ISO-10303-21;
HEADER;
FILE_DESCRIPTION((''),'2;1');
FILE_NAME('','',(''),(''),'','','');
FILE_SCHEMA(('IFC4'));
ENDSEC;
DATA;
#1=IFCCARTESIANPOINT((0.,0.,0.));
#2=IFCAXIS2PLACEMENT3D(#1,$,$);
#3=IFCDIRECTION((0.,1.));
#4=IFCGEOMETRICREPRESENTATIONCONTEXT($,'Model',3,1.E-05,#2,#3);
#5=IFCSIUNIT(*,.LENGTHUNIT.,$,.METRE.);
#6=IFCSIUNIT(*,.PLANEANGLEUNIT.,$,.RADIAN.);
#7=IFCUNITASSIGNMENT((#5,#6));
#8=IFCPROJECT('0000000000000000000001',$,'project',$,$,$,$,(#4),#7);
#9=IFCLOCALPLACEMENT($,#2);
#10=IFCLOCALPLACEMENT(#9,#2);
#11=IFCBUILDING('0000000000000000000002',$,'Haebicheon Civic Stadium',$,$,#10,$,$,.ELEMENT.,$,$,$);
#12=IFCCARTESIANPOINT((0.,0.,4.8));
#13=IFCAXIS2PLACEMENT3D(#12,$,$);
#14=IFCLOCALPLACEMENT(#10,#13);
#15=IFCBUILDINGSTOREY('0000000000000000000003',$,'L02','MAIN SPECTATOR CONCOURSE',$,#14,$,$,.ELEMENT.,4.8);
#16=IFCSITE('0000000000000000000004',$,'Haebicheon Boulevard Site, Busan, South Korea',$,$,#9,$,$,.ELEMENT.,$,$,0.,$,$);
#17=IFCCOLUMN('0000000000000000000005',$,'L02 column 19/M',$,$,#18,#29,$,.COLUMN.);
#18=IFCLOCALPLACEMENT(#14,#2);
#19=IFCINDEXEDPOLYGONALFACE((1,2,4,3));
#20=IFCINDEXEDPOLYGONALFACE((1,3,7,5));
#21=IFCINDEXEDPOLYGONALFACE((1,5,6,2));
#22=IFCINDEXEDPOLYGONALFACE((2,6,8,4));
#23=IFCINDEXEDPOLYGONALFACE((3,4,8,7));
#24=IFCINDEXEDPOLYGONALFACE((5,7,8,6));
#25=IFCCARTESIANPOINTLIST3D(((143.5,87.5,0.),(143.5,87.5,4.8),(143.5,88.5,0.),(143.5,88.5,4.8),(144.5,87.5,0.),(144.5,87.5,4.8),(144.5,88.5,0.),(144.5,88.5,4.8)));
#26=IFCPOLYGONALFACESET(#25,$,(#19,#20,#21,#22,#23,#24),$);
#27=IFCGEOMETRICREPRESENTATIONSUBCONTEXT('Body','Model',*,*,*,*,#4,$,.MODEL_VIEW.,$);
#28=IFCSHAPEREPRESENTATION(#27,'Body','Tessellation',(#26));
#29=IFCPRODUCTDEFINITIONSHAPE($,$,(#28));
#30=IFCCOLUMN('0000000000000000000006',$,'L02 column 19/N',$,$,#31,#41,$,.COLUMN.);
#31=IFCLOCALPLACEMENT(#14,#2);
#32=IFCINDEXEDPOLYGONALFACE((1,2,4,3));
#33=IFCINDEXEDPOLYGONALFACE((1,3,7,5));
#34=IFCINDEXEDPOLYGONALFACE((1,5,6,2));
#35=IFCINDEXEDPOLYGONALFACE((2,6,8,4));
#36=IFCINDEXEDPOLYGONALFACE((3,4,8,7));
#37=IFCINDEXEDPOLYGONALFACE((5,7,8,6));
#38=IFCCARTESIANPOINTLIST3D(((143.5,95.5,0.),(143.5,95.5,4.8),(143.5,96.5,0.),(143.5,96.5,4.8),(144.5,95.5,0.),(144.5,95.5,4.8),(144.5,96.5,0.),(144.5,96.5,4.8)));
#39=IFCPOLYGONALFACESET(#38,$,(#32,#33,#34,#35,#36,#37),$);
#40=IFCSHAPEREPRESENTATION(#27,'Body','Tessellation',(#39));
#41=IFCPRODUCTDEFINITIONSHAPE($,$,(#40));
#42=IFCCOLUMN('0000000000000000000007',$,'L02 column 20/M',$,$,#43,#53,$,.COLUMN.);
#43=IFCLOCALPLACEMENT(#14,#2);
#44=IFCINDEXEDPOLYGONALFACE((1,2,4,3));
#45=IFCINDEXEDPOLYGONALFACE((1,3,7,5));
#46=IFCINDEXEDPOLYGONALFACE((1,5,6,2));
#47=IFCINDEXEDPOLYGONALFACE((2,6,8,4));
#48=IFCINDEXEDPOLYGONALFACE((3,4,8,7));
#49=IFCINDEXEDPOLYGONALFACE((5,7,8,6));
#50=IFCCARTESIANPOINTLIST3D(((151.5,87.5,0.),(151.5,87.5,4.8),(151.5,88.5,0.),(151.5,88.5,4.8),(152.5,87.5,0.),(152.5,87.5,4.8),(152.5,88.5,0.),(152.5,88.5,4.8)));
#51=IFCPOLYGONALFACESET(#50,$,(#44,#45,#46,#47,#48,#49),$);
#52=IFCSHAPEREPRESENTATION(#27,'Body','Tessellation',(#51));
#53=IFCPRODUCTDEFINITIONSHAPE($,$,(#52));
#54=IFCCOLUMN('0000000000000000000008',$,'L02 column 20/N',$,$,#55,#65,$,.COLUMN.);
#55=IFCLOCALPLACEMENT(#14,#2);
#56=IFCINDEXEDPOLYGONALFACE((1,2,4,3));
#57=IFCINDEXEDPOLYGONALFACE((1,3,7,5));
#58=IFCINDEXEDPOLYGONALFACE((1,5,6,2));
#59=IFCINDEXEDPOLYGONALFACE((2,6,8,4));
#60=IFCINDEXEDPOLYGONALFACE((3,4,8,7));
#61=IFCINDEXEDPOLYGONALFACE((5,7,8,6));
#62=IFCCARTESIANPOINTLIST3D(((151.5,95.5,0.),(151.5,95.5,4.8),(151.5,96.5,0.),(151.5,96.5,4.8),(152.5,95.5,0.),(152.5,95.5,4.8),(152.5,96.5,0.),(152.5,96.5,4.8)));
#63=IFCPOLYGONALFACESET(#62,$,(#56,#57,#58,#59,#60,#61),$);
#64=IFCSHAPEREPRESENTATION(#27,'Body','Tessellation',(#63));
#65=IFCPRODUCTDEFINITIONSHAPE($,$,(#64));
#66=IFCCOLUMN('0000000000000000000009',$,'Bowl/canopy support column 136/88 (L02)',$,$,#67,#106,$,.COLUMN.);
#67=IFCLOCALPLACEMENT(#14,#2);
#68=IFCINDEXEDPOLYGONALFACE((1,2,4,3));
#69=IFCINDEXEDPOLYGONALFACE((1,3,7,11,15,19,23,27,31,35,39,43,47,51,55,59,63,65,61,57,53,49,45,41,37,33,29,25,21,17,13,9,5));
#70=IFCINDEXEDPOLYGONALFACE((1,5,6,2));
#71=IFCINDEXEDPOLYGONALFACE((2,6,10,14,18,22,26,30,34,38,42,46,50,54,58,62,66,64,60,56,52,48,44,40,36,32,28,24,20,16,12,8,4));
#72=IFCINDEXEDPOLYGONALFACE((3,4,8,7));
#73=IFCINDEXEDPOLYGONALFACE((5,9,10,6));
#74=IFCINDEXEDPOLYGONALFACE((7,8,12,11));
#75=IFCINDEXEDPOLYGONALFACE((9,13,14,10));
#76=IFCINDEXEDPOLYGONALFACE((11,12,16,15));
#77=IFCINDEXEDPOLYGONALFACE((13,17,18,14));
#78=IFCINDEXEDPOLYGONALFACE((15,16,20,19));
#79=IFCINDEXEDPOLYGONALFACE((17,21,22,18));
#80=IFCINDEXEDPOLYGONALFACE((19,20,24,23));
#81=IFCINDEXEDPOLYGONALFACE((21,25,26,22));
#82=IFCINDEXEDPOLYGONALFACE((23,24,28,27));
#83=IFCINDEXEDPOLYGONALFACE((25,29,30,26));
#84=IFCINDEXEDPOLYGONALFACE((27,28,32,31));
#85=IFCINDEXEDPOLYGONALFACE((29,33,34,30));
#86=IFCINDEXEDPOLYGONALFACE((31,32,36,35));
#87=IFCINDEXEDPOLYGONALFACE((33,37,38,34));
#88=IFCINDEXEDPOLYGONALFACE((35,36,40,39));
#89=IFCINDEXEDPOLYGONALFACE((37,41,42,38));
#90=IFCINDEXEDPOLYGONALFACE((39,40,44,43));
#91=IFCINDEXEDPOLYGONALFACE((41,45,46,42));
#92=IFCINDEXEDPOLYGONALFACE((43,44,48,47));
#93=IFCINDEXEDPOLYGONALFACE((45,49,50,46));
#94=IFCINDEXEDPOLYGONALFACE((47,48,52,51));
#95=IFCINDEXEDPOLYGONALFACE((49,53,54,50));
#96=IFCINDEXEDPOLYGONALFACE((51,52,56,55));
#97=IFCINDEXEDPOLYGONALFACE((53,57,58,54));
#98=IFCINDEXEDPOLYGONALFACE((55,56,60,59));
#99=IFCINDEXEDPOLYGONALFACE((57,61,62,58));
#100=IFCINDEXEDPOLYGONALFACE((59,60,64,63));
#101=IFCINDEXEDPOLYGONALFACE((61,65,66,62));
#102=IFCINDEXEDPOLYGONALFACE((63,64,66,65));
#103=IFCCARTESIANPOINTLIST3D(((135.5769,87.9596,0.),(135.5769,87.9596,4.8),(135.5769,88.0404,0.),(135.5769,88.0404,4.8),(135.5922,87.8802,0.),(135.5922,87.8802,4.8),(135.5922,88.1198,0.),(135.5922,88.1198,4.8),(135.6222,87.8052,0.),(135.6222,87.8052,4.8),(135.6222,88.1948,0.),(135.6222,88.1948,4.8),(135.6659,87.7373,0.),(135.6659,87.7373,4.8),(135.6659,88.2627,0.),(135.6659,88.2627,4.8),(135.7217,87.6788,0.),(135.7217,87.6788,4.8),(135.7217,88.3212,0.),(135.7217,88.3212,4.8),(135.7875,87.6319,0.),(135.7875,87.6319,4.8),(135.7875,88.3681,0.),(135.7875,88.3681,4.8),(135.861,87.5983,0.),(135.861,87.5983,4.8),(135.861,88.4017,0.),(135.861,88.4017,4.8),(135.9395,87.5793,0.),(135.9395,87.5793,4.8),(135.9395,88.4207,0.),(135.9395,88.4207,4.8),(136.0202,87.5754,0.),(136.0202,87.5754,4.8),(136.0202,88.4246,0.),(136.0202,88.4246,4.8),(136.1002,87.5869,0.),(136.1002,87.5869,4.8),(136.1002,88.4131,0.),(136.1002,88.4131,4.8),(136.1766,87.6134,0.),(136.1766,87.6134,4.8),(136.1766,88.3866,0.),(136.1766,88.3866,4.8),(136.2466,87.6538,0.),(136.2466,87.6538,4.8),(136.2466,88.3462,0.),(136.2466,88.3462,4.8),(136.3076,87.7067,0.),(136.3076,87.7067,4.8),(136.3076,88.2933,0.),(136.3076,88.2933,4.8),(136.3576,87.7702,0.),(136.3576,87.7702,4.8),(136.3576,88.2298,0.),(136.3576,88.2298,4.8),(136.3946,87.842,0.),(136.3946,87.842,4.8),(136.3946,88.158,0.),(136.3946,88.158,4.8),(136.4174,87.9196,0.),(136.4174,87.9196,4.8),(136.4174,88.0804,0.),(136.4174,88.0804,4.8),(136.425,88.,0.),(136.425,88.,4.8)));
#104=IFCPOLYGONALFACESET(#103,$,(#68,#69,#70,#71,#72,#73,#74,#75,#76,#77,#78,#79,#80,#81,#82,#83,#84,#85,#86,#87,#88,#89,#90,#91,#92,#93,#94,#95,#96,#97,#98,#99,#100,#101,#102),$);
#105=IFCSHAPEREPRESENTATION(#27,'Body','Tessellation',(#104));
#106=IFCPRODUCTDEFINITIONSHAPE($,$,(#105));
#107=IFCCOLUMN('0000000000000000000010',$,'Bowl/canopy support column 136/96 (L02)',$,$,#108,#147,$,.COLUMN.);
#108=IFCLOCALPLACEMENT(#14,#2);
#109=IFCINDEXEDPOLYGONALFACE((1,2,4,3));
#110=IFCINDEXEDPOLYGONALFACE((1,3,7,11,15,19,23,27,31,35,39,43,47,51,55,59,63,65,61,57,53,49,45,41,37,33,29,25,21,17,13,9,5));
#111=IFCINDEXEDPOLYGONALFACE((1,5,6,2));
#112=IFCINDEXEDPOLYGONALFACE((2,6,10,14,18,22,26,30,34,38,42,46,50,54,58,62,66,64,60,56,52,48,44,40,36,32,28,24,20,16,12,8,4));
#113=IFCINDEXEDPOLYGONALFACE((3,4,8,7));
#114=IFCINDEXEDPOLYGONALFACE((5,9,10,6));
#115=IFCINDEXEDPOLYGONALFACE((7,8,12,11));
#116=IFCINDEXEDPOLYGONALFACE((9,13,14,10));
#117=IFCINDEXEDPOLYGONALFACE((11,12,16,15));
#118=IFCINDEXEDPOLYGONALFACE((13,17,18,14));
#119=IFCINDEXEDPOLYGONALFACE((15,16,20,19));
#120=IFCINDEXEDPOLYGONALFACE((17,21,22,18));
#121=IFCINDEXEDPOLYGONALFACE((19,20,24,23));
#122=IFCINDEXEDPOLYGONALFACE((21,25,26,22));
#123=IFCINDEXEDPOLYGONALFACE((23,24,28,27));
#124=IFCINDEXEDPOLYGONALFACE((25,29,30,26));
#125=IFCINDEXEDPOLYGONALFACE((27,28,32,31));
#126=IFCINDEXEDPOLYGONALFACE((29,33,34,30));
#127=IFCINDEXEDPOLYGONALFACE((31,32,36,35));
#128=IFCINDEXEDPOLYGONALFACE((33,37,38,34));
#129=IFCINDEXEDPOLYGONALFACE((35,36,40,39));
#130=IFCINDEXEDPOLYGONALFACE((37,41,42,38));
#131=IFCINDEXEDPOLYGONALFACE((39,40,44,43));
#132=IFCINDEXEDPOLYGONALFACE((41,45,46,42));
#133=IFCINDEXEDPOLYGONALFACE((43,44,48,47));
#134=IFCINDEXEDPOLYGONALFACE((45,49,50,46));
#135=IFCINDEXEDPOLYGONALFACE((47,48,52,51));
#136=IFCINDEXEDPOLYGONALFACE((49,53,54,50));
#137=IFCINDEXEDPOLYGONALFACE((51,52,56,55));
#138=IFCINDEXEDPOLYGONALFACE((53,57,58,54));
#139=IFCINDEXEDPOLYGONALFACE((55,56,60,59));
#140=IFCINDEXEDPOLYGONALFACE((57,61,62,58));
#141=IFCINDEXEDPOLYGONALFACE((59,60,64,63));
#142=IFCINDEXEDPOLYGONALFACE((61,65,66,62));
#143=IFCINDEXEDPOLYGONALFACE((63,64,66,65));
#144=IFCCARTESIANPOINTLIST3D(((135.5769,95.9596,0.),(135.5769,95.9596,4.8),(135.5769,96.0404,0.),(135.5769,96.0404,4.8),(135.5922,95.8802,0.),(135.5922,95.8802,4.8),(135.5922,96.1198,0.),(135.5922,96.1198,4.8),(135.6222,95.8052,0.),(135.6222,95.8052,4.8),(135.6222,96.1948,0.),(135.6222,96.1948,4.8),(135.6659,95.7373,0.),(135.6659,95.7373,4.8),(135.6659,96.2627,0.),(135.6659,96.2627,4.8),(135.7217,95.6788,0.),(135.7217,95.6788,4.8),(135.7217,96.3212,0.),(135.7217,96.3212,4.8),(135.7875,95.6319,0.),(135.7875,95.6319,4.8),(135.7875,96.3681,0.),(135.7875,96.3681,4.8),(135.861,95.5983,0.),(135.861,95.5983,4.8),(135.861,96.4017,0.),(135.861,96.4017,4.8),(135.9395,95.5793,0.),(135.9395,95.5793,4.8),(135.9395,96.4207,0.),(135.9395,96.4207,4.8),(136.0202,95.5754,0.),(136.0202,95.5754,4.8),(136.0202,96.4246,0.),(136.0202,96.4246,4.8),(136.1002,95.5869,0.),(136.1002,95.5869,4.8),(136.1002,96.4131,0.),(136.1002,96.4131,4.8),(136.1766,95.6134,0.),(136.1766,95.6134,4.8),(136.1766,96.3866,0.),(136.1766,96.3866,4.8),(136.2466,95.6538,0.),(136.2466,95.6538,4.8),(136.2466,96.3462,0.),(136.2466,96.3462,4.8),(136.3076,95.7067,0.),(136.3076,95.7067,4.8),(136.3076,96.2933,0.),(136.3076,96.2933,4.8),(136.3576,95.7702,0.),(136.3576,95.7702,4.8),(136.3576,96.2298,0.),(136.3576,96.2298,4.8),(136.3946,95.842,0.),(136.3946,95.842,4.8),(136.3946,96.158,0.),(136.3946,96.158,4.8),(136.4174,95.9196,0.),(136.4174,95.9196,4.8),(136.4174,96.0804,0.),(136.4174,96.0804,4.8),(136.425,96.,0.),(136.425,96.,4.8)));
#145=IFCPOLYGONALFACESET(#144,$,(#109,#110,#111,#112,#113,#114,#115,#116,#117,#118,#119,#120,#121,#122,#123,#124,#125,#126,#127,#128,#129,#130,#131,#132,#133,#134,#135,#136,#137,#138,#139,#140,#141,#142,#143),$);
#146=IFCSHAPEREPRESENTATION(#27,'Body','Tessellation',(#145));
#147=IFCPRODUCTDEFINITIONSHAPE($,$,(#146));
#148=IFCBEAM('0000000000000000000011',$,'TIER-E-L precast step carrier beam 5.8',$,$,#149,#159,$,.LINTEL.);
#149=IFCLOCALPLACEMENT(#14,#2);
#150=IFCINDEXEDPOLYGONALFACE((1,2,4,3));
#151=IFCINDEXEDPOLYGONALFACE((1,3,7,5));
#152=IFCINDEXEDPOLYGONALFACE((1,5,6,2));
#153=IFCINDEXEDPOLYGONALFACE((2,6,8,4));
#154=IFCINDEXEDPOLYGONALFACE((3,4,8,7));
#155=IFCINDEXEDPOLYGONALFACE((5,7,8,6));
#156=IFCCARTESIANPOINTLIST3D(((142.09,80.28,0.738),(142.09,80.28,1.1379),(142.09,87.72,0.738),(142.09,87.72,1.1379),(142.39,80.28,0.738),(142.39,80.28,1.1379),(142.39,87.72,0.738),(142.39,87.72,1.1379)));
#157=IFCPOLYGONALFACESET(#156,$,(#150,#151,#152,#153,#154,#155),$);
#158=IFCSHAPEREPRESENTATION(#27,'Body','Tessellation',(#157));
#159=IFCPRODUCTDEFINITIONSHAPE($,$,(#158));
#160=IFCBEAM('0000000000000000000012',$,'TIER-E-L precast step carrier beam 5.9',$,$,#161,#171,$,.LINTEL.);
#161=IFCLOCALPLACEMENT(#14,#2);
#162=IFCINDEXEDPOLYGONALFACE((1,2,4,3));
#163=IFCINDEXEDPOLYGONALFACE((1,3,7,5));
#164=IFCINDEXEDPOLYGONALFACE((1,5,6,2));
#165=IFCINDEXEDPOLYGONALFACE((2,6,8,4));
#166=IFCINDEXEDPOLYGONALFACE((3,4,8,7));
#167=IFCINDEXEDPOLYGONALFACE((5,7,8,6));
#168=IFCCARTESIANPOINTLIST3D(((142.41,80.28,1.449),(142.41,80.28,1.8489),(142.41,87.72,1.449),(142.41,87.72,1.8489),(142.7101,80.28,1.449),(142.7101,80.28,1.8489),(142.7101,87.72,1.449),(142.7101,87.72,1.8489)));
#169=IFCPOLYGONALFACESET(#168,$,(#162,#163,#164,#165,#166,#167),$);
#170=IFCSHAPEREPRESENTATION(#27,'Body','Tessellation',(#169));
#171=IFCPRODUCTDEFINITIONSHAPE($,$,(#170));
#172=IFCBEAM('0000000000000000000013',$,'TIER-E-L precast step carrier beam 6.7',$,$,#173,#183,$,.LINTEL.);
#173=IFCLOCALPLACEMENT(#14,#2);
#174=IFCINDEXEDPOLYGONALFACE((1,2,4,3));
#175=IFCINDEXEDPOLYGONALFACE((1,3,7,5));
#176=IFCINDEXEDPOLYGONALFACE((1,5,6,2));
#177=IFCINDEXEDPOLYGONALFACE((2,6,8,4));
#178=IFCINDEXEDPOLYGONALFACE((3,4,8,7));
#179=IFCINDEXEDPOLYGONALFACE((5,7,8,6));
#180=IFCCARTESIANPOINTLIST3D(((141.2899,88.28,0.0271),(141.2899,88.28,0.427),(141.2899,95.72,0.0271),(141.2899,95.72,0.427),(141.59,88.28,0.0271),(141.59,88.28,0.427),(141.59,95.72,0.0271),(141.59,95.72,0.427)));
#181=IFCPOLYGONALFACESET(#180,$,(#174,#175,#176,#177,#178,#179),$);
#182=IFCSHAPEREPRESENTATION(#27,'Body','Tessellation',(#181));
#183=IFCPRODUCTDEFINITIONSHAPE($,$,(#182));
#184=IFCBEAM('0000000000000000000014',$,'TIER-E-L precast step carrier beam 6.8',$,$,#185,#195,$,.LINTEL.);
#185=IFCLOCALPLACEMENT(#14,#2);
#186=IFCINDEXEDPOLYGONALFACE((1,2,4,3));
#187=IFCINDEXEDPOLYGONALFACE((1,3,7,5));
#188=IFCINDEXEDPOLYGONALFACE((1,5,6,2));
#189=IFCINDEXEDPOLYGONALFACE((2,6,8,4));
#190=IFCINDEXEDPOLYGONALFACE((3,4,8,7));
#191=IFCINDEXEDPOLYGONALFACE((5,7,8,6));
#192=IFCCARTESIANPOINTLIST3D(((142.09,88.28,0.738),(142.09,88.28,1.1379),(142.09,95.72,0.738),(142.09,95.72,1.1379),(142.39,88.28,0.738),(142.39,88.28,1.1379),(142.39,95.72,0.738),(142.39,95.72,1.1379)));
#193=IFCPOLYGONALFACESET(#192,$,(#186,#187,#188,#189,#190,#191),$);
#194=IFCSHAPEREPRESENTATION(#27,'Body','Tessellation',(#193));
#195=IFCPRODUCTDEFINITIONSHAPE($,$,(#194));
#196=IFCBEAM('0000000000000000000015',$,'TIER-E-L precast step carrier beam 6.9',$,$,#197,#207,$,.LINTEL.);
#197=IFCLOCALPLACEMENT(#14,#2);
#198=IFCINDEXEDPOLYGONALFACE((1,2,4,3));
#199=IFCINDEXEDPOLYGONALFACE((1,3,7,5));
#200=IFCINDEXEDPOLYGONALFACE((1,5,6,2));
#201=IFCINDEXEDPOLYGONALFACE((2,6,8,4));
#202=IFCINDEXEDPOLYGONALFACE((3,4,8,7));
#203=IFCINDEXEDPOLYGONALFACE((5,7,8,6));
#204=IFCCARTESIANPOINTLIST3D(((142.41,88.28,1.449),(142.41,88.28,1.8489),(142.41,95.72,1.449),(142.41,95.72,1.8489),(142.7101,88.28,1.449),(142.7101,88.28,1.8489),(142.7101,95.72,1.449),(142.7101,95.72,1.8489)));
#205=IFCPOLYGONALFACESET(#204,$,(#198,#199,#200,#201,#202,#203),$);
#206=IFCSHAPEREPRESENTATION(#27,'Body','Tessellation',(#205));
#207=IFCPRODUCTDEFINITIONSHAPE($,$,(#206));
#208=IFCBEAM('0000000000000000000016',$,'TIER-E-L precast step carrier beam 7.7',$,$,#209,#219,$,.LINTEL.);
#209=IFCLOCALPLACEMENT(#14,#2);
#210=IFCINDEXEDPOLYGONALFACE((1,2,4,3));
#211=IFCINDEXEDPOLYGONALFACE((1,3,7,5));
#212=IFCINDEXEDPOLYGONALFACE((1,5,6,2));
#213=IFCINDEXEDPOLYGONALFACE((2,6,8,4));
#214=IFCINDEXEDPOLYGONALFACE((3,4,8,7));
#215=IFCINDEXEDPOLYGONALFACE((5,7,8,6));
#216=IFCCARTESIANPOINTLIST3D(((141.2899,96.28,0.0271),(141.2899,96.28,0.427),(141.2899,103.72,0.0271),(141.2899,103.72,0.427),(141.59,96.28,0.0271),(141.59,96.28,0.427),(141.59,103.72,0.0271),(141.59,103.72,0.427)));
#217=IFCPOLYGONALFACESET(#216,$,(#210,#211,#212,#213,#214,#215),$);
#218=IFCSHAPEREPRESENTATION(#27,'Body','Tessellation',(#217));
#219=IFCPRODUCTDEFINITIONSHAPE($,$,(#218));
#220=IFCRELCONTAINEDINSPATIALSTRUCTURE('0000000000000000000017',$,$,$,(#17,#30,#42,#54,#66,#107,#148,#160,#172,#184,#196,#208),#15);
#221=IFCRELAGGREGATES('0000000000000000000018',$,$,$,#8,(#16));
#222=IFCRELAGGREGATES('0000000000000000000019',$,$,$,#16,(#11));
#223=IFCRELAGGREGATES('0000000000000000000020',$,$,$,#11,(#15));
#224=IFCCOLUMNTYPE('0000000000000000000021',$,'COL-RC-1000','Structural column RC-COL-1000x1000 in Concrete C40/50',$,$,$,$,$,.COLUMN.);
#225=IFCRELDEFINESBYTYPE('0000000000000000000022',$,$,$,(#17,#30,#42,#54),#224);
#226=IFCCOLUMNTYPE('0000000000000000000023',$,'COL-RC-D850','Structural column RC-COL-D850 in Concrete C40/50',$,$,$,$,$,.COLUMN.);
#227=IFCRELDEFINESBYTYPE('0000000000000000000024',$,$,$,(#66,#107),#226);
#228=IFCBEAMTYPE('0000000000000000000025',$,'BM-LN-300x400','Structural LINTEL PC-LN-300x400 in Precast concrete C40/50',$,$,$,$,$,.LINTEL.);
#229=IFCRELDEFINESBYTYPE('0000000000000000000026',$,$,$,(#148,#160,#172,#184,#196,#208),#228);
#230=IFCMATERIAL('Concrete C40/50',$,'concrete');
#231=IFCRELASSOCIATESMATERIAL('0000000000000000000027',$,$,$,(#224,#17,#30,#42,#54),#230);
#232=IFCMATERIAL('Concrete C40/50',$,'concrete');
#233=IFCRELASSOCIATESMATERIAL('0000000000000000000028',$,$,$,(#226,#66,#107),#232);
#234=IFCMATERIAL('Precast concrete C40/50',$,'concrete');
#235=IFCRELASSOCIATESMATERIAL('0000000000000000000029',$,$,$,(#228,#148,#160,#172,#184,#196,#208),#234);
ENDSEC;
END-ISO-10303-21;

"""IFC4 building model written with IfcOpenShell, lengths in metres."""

from ifc_helpers import new_model, si_unit, direction, frame, origin, origin_2d, place, context, subcontext, project, spatial, rectangle, circle, extrude, material, material_profile, profile_set, type_object, element, save


model = new_model("IFC4")

# Units and contexts
model_context = context("Model", 3, precision=1e-05, world=origin(), true_north=direction((0.0, 1.0)))
body_context = subcontext(model_context, "Body", "Model", "MODEL_VIEW")
ifc_project = project(units=[si_unit("LENGTHUNIT", "METRE"), si_unit("PLANEANGLEUNIT", "RADIAN")], contexts=[model_context])

# Site, building, storey
site_placement = place(None, origin())
site = spatial("IfcSite", under=ifc_project, at=site_placement, Name="Haebicheon Boulevard Site, Busan, South Korea", CompositionType="ELEMENT", RefElevation=0.0)
building_placement = place(site_placement, origin())
building = spatial("IfcBuilding", under=site, at=building_placement, Name="Haebicheon Civic Stadium", CompositionType="ELEMENT")
storey_placement = place(building_placement, frame((0.0, 0.0, 4.8)))
storey = spatial("IfcBuildingStorey", under=building, at=storey_placement, Name="L02", Description="MAIN SPECTATOR CONCOURSE", CompositionType="ELEMENT", Elevation=4.8)

# Columns
ifc_material_1 = material(Name="Concrete C40/50", Category="concrete")
ifc_material_profile_1 = material_profile(ifc_material_1, rectangle(XDim=1.0, YDim=1.0, at=origin_2d()), Name="RC-COL-1000x1000")
ifc_profile_set_1 = profile_set([ifc_material_profile_1], Name="Concrete C40/50")
column_type_1 = type_object("IfcColumnType", Name="COL-RC-1000", Description="Structural column RC-COL-1000x1000 in Concrete C40/50", PredefinedType="COLUMN", material=ifc_profile_set_1)
for number, where, z_axis, x_axis, name in (
    (1, (144.0, 88.0, 0.0), (0.0, 0.0, 1.0), (1.0, 0.0, 0.0), "L02 column 19/M"),
    (2, (144.0, 96.0, 0.0), (0.0, 0.0, 1.0), (1.0, 0.0, 0.0), "L02 column 19/N"),
    (3, (152.0, 88.0, 0.0), (0.0, 0.0, 1.0), (1.0, 0.0, 0.0), "L02 column 20/M"),
    (4, (152.0, 96.0, 0.0), (0.0, 0.0, 1.0), (1.0, 0.0, 0.0), "L02 column 20/N"),
):
    element("IfcColumn", number, at=place(storey_placement, frame(where, z_axis=z_axis, x_axis=x_axis)), inside=storey, type_object=column_type_1, material=ifc_profile_set_1, Name=name, PredefinedType="COLUMN", context=body_context, shape_type="SweptSolid", body=[
        extrude(rectangle(XDim=1.0, YDim=1.0, at=origin_2d()), origin(), (0.0, 0.0, 1.0), 4.8),
    ])
ifc_material_2 = material(Name="Concrete C40/50", Category="concrete")
ifc_material_profile_2 = material_profile(ifc_material_2, circle(Radius=0.425, at=origin_2d()), Name="RC-COL-D850")
ifc_profile_set_2 = profile_set([ifc_material_profile_2], Name="Concrete C40/50")
column_type_2 = type_object("IfcColumnType", Name="COL-RC-D850", Description="Structural column RC-COL-D850 in Concrete C40/50", PredefinedType="COLUMN", material=ifc_profile_set_2)
for number, where, z_axis, x_axis, name in (
    (5, (136.0, 88.0, 0.0), (0.0, 0.0, 1.0), (1.0, 0.0, 0.0), "Bowl/canopy support column 136/88 (L02)"),
    (6, (136.0, 96.0, 0.0), (0.0, 0.0, 1.0), (1.0, 0.0, 0.0), "Bowl/canopy support column 136/96 (L02)"),
):
    element("IfcColumn", number, at=place(storey_placement, frame(where, z_axis=z_axis, x_axis=x_axis)), inside=storey, type_object=column_type_2, material=ifc_profile_set_2, Name=name, PredefinedType="COLUMN", context=body_context, shape_type="SweptSolid", body=[
        extrude(circle(Radius=0.425, at=origin_2d()), origin(), (0.0, 0.0, 1.0), 4.8),
    ])

# Beams
ifc_material_3 = material(Name="Precast concrete C40/50", Category="concrete")
ifc_material_profile_3 = material_profile(ifc_material_3, rectangle(XDim=0.3, YDim=0.3999, at=origin_2d()), Name="PC-LN-300x400")
ifc_profile_set_3 = profile_set([ifc_material_profile_3], Name="Precast concrete C40/50")
beam_type_1 = type_object("IfcBeamType", Name="BM-LN-300x400", Description="Structural LINTEL PC-LN-300x400 in Precast concrete C40/50", PredefinedType="LINTEL", material=ifc_profile_set_3)
for number, where, z_axis, x_axis, name in (
    (7, (142.24, 80.28, 0.938), (0.0, 1.0, 0.0), (-1.0, 0.0, 0.0), "TIER-E-L precast step carrier beam 5.8"),
    (8, (142.5601, 80.28, 1.6489), (0.0, 1.0, 0.0), (-1.0, 0.0, 0.0), "TIER-E-L precast step carrier beam 5.9"),
    (9, (141.4399, 88.28, 0.2271), (0.0, 1.0, 0.0), (-1.0, 0.0, 0.0), "TIER-E-L precast step carrier beam 6.7"),
    (10, (142.24, 88.28, 0.938), (0.0, 1.0, 0.0), (-1.0, 0.0, 0.0), "TIER-E-L precast step carrier beam 6.8"),
    (11, (142.5601, 88.28, 1.6489), (0.0, 1.0, 0.0), (-1.0, 0.0, 0.0), "TIER-E-L precast step carrier beam 6.9"),
    (12, (141.4399, 96.28, 0.2271), (0.0, 1.0, 0.0), (-1.0, 0.0, 0.0), "TIER-E-L precast step carrier beam 7.7"),
):
    element("IfcBeam", number, at=place(storey_placement, frame(where, z_axis=z_axis, x_axis=x_axis)), inside=storey, type_object=beam_type_1, material=ifc_profile_set_3, Name=name, PredefinedType="LINTEL", context=body_context, shape_type="SweptSolid", body=[
        extrude(rectangle(XDim=0.3, YDim=0.3999, at=origin_2d()), origin(), (0.0, 0.0, 1.0), 7.4399),
    ])

save(model, "model.ifc")
